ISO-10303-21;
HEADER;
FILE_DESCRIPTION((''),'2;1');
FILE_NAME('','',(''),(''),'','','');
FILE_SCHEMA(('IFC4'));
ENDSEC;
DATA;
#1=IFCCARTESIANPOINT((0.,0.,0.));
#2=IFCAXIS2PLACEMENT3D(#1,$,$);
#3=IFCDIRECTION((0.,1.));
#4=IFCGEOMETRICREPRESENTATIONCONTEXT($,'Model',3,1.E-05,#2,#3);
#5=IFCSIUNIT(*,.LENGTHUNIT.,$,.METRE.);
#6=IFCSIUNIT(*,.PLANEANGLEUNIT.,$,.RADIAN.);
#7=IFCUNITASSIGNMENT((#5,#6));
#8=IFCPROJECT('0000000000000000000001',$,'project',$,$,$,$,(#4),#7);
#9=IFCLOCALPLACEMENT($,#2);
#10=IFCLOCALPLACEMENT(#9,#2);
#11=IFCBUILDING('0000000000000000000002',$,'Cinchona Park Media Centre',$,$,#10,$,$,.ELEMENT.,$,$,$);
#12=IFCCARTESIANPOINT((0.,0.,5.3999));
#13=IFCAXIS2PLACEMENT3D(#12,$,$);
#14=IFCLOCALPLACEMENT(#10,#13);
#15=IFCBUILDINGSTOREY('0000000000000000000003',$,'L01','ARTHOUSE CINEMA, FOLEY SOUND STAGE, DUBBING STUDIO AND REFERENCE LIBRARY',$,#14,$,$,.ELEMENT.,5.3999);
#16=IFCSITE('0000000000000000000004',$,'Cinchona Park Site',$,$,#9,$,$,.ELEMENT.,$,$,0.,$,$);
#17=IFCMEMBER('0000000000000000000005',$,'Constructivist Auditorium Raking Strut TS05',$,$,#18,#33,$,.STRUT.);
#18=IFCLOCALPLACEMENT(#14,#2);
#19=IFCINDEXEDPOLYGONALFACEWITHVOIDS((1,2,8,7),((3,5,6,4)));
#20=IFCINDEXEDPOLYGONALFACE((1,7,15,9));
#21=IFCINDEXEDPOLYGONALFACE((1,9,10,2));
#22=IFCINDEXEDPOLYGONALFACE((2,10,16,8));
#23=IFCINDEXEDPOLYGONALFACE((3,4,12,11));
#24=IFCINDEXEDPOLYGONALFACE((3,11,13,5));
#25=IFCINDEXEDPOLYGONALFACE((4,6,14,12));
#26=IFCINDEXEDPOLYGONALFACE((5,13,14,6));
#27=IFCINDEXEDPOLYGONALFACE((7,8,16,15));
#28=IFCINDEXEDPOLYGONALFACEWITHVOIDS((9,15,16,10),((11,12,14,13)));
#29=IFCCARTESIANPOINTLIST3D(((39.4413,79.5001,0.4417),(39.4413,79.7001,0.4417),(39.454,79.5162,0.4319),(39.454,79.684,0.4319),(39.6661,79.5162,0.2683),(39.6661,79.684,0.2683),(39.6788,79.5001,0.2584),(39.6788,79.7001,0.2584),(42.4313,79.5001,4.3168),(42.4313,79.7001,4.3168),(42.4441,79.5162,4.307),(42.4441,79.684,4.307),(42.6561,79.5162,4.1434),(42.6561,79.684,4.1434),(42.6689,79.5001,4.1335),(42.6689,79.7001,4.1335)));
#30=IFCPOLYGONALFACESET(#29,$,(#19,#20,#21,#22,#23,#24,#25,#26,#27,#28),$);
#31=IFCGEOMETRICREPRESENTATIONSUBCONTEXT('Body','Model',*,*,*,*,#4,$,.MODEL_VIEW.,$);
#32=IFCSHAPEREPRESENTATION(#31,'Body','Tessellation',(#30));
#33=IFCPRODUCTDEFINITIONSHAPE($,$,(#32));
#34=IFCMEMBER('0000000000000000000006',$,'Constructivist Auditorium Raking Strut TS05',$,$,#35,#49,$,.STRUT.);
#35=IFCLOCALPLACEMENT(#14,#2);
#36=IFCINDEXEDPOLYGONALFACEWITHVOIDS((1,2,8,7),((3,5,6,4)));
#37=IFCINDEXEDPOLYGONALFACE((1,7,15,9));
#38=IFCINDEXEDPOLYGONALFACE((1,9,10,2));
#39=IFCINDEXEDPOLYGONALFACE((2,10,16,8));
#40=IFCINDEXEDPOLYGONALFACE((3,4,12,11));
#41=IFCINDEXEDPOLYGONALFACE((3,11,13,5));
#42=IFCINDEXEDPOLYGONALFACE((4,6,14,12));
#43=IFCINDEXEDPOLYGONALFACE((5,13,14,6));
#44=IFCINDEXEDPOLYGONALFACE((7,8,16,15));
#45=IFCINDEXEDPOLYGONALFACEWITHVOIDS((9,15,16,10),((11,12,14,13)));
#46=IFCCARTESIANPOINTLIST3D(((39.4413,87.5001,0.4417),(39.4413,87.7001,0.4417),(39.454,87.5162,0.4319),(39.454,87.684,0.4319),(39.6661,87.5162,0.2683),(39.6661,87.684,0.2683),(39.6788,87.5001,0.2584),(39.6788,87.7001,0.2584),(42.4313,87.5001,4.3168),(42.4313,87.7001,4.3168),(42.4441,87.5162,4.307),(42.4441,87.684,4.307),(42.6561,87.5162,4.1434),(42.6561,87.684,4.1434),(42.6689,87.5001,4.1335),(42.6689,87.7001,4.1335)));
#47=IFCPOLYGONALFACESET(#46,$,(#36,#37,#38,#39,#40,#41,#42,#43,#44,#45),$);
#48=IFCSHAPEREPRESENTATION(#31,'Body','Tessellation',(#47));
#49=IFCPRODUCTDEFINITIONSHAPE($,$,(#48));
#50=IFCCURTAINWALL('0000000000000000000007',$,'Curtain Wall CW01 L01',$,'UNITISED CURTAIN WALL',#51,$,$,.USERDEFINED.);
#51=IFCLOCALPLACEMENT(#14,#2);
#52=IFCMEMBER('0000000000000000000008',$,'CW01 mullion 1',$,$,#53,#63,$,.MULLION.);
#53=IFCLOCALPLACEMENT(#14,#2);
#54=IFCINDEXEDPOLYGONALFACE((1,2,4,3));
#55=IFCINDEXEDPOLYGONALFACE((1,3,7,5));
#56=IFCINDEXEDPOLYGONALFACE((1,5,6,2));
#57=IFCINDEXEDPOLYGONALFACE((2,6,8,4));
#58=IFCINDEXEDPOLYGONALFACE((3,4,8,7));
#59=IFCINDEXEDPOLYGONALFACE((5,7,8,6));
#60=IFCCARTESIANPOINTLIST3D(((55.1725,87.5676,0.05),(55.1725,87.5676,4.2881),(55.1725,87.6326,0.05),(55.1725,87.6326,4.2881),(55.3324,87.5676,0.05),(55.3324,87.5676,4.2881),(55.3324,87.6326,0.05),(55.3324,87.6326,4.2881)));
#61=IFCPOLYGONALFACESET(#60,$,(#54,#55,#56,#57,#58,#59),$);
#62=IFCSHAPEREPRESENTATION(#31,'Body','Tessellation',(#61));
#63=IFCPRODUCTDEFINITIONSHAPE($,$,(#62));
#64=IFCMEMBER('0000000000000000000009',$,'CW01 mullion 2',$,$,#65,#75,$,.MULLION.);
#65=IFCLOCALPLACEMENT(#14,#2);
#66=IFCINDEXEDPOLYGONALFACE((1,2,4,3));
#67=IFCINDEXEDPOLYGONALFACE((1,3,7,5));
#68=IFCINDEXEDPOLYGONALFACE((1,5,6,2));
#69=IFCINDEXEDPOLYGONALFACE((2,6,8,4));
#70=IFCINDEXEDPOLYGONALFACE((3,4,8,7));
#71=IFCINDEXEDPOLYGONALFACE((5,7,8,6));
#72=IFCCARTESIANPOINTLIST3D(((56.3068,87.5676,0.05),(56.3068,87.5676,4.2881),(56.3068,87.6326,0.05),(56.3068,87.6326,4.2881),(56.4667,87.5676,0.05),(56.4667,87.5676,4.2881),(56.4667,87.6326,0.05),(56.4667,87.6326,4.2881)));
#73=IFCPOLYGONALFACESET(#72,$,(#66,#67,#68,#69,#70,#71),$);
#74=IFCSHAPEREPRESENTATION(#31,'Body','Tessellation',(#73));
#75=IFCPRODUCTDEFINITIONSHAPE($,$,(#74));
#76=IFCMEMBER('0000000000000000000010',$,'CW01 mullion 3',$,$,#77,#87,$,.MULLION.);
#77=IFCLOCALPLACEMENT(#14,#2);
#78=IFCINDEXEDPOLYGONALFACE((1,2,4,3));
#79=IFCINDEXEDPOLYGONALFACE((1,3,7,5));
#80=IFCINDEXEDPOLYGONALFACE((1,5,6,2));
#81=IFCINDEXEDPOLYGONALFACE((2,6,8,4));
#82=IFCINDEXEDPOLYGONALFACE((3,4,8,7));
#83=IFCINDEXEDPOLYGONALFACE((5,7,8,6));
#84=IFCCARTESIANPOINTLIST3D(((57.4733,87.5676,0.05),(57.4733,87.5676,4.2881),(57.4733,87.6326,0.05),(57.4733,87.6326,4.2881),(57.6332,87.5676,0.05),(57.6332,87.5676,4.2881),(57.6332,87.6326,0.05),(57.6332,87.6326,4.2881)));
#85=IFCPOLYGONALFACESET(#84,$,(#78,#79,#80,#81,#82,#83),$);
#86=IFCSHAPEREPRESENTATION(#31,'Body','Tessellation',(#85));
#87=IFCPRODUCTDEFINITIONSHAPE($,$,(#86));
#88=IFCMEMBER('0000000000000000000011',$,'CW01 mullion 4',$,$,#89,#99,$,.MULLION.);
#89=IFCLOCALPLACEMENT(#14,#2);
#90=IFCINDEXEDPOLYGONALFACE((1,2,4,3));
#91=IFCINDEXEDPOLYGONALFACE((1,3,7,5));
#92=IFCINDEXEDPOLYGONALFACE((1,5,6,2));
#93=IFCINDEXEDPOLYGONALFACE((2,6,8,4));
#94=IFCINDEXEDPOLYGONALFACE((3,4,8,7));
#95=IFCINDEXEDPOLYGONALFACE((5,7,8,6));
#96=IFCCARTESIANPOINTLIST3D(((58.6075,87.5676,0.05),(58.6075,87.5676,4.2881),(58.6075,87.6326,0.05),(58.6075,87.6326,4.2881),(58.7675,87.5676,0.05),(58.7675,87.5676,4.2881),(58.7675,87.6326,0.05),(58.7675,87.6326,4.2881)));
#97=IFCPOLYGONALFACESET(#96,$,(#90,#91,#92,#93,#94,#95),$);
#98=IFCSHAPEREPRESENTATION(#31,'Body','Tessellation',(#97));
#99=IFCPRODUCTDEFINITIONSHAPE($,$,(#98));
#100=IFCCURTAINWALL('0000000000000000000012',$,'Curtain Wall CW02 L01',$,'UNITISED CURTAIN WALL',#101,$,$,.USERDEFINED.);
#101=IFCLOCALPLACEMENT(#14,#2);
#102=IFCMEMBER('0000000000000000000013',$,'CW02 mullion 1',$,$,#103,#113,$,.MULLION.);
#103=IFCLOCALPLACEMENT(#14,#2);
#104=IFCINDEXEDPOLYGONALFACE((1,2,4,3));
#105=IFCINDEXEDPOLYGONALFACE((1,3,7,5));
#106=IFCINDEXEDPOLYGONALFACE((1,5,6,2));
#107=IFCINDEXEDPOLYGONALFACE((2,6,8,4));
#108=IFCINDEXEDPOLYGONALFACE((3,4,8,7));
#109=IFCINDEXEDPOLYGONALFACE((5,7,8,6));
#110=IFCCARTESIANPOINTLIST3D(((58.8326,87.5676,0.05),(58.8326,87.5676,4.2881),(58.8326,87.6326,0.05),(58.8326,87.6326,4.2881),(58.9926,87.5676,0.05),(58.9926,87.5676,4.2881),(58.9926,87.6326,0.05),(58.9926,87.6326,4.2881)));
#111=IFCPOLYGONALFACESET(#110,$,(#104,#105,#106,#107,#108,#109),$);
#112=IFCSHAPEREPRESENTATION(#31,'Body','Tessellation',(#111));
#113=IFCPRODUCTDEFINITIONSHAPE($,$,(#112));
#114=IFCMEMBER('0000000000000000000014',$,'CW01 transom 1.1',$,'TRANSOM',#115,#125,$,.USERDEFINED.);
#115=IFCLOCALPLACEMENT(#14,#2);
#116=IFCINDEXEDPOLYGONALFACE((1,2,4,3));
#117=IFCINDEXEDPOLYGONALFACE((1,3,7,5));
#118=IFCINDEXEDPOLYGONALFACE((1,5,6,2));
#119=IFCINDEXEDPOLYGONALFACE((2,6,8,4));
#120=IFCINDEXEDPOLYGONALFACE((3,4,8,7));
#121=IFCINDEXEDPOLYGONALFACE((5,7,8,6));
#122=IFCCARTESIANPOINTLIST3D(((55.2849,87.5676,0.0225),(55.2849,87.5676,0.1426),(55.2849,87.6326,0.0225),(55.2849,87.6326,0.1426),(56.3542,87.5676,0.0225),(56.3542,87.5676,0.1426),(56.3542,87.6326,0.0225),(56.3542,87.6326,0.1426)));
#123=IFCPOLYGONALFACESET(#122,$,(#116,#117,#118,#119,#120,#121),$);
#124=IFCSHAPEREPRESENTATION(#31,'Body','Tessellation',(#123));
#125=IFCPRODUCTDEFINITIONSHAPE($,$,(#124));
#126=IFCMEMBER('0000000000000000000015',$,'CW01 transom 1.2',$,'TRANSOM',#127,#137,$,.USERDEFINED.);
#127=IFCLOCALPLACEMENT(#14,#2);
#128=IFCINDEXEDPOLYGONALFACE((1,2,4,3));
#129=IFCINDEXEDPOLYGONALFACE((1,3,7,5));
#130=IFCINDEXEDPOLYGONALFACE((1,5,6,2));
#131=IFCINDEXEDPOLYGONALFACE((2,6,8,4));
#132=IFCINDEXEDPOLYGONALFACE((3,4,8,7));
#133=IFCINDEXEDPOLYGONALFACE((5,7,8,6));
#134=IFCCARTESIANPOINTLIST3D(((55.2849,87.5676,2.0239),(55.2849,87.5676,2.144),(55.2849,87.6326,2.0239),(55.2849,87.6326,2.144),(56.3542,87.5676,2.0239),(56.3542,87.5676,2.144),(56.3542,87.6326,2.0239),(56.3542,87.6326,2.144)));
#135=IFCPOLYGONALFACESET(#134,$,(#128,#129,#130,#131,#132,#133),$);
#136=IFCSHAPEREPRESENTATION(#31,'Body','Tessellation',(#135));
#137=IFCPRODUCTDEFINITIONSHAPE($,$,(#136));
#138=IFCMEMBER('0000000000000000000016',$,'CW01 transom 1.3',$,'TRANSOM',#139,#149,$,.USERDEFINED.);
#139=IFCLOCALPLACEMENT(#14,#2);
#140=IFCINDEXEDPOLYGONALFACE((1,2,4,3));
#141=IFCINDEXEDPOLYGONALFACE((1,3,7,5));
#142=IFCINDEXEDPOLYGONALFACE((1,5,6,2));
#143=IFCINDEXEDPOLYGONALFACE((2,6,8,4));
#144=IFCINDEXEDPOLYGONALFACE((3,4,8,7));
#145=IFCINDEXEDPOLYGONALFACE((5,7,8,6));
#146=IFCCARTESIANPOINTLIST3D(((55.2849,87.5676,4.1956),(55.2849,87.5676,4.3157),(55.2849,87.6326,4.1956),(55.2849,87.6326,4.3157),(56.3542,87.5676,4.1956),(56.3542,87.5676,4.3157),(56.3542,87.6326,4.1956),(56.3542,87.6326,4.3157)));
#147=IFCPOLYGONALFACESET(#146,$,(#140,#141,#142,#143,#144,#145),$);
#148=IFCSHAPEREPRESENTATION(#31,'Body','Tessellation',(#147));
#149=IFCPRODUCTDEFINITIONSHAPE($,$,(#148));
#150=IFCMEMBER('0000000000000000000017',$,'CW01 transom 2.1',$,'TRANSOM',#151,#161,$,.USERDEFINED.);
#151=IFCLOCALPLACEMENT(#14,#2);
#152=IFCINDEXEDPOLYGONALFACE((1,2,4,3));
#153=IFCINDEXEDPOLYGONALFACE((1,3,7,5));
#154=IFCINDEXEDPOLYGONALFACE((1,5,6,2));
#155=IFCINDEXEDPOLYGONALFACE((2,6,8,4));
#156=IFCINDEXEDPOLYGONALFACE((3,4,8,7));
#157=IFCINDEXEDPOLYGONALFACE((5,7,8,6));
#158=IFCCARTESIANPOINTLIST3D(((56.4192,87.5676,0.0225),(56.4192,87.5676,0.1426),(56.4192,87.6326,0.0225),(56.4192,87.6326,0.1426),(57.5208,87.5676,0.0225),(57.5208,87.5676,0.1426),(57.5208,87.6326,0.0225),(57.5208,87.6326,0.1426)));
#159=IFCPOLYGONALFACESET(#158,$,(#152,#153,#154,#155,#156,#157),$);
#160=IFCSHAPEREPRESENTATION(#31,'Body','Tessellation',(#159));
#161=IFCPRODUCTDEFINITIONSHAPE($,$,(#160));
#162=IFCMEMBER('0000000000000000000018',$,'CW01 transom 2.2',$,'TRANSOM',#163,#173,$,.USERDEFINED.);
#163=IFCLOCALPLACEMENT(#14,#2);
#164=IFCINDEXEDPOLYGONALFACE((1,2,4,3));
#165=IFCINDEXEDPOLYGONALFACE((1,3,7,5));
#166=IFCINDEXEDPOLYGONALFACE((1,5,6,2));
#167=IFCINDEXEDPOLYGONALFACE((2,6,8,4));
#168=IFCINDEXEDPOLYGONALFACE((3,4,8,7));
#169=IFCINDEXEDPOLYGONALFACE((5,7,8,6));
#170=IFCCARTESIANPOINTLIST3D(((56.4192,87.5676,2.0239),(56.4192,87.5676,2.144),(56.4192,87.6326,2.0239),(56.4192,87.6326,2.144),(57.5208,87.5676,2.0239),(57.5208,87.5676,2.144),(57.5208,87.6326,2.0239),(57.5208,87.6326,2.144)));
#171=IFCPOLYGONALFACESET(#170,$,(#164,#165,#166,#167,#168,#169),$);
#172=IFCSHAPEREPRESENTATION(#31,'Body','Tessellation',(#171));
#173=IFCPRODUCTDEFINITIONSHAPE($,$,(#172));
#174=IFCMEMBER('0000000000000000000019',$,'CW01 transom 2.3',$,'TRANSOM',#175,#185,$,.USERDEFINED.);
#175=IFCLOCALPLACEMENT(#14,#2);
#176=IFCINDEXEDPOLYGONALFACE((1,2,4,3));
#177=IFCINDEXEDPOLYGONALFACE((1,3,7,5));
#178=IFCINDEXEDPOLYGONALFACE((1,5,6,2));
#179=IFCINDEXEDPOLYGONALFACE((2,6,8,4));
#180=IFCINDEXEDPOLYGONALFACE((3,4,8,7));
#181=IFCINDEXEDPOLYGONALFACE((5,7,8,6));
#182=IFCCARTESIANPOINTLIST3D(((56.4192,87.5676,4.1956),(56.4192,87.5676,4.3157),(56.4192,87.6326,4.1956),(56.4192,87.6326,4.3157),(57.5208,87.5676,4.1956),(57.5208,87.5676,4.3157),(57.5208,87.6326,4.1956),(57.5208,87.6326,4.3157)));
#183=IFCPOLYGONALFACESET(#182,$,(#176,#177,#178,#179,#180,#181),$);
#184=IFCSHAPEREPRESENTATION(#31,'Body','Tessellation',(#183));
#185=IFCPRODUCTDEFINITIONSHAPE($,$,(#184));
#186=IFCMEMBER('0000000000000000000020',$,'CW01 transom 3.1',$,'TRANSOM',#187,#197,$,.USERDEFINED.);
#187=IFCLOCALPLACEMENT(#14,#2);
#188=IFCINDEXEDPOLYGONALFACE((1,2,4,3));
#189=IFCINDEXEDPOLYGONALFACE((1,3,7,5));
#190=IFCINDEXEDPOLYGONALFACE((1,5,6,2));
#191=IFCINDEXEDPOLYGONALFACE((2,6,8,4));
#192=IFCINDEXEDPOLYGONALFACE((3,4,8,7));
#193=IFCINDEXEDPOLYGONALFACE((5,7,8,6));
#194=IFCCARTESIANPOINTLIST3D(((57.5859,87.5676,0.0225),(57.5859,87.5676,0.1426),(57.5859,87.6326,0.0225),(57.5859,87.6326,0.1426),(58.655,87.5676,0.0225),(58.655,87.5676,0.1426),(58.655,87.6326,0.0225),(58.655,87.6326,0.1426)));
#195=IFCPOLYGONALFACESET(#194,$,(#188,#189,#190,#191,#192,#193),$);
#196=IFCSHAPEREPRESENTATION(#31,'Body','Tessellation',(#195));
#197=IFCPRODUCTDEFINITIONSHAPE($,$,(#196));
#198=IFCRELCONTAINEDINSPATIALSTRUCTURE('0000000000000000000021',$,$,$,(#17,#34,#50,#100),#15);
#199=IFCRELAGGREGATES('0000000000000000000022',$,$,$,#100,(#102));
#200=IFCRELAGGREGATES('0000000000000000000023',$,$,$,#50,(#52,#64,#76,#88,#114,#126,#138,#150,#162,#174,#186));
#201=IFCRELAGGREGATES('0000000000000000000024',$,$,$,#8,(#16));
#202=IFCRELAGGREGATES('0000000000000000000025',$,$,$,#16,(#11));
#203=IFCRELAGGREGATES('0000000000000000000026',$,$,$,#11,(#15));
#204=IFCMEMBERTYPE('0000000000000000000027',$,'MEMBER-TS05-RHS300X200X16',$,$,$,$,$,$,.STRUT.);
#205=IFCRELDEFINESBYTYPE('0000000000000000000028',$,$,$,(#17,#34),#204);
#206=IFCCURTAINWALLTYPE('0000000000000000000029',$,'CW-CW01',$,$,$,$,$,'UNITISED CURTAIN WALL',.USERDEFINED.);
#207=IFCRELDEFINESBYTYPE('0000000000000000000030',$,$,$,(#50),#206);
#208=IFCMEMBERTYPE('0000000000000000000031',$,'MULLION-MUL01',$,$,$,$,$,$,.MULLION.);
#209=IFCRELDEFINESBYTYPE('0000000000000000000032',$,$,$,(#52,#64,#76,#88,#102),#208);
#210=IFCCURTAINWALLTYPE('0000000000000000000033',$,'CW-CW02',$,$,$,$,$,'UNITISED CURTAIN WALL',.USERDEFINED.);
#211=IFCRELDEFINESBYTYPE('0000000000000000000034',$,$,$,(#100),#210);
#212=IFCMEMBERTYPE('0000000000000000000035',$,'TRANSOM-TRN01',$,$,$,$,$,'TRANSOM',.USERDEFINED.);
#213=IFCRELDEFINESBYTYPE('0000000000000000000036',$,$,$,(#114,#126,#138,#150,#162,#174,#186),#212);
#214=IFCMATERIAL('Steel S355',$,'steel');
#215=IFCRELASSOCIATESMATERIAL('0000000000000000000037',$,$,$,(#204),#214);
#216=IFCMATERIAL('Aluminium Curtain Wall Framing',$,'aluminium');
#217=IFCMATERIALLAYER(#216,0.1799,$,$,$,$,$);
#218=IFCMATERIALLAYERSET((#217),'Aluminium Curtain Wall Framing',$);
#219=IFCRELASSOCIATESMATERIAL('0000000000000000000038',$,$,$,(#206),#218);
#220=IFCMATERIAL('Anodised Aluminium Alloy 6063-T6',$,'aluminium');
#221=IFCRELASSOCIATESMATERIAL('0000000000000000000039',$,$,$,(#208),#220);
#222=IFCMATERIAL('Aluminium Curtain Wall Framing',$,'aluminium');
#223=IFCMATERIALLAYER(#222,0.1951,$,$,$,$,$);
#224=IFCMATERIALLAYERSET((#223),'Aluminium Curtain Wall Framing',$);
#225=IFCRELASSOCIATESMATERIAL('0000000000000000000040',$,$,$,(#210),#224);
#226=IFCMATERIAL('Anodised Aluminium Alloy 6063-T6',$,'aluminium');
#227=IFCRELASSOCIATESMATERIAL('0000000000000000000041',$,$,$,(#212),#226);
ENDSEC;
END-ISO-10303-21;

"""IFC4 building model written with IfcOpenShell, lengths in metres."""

from ifc_helpers import new_model, si_unit, direction, frame, origin, origin_2d, place, context, subcontext, project, spatial, rectangle, hollow_rectangle, extrude, material, layer, layer_set, material_profile, profile_set, type_object, element, aggregate, save


model = new_model("IFC4")

# Units and contexts
model_context = context("Model", 3, precision=1e-05, world=origin(), true_north=direction((0.0, 1.0)))
body_context = subcontext(model_context, "Body", "Model", "MODEL_VIEW")
ifc_project = project(units=[si_unit("LENGTHUNIT", "METRE"), si_unit("PLANEANGLEUNIT", "RADIAN")], contexts=[model_context])

# Site, building, storey
site_placement = place(None, origin())
site = spatial("IfcSite", under=ifc_project, at=site_placement, Name="Cinchona Park Site", CompositionType="ELEMENT", RefElevation=0.0)
building_placement = place(site_placement, origin())
building = spatial("IfcBuilding", under=site, at=building_placement, Name="Cinchona Park Media Centre", CompositionType="ELEMENT")
storey_placement = place(building_placement, frame((0.0, 0.0, 5.3999)))
storey = spatial("IfcBuildingStorey", under=building, at=storey_placement, Name="L01", Description="ARTHOUSE CINEMA, FOLEY SOUND STAGE, DUBBING STUDIO AND REFERENCE LIBRARY", CompositionType="ELEMENT", Elevation=5.3999)

# Members
ifc_material_1 = material(Name="Steel S355", Category="steel")
ifc_material_profile_1 = material_profile(ifc_material_1, hollow_rectangle(XDim=0.2, YDim=0.3, WallThickness=0.0161, at=origin_2d()), Name="300X200X16RHS")
ifc_profile_set_1 = profile_set([ifc_material_profile_1], Name="Steel S355")
member_type_1 = type_object("IfcMemberType", Name="MEMBER-TS05-RHS300X200X16", PredefinedType="STRUT", material=ifc_profile_set_1)
for number, where, z_axis, x_axis, name in (
    (1, (39.5601, 79.6001, 0.3501), (0.610894, 0.0, 0.791713), (0.0, 1.0, 0.0), "Constructivist Auditorium Raking Strut TS05"),
    (2, (39.5601, 87.6001, 0.3501), (0.610894, 0.0, 0.791713), (0.0, 1.0, 0.0), "Constructivist Auditorium Raking Strut TS05"),
):
    element("IfcMember", number, at=place(storey_placement, frame(where, z_axis=z_axis, x_axis=x_axis)), inside=storey, type_object=member_type_1, Name=name, PredefinedType="STRUT", context=body_context, shape_type="SweptSolid", body=[
        extrude(hollow_rectangle(XDim=0.2, YDim=0.3, WallThickness=0.0161, at=origin_2d()), origin(), (0.0, 0.0, 1.0), 4.8945),
    ])

# Curtain wall, members
ifc_material_2 = material(Name="Aluminium Curtain Wall Framing", Category="aluminium")
ifc_layer_1 = layer(ifc_material_2, 0.1799)
ifc_layer_set_1 = layer_set([ifc_layer_1], Name="Aluminium Curtain Wall Framing")
curtain_wall_type_1 = type_object("IfcCurtainWallType", Name="CW-CW01", ElementType="UNITISED CURTAIN WALL", PredefinedType="USERDEFINED", material=ifc_layer_set_1)
curtain_wall_1_placement = place(storey_placement, origin())
curtain_wall_1 = element("IfcCurtainWall", 3, at=curtain_wall_1_placement, inside=storey, type_object=curtain_wall_type_1, Name="Curtain Wall CW01 L01", ObjectType="UNITISED CURTAIN WALL", PredefinedType="USERDEFINED")
ifc_material_3 = material(Name="Anodised Aluminium Alloy 6063-T6", Category="aluminium")
ifc_material_profile_2 = material_profile(ifc_material_3, rectangle(XDim=0.0649, YDim=0.1599, at=origin_2d()), Name="MUL-65X160")
ifc_profile_set_2 = profile_set([ifc_material_profile_2], Name="Anodised Aluminium Alloy 6063-T6")
member_type_2 = type_object("IfcMemberType", Name="MULLION-MUL01", PredefinedType="MULLION", material=ifc_profile_set_2)
member_1_placement = place(storey_placement, frame((55.2524, 87.6001, 0.05), z_axis=(0.0, 0.0, 1.0), x_axis=(0.0, 1.0, 0.0)))
member_1 = element("IfcMember", 4, at=member_1_placement, type_object=member_type_2, Name="CW01 mullion 1", PredefinedType="MULLION", context=body_context, shape_type="SweptSolid", body=[
    extrude(rectangle(XDim=0.0649, YDim=0.1599, at=origin_2d()), origin(), (0.0, 0.0, 1.0), 4.238),
])
member_2_placement = place(storey_placement, frame((56.3867, 87.6001, 0.05), z_axis=(0.0, 0.0, 1.0), x_axis=(0.0, 1.0, 0.0)))
member_2 = element("IfcMember", 5, at=member_2_placement, type_object=member_type_2, Name="CW01 mullion 2", PredefinedType="MULLION", context=body_context, shape_type="SweptSolid", body=[
    extrude(rectangle(XDim=0.0649, YDim=0.1599, at=origin_2d()), origin(), (0.0, 0.0, 1.0), 4.238),
])
member_3_placement = place(storey_placement, frame((57.5532, 87.6001, 0.05), z_axis=(0.0, 0.0, 1.0), x_axis=(0.0, 1.0, 0.0)))
member_3 = element("IfcMember", 6, at=member_3_placement, type_object=member_type_2, Name="CW01 mullion 3", PredefinedType="MULLION", context=body_context, shape_type="SweptSolid", body=[
    extrude(rectangle(XDim=0.0649, YDim=0.1599, at=origin_2d()), origin(), (0.0, 0.0, 1.0), 4.238),
])
member_4_placement = place(storey_placement, frame((58.6875, 87.6001, 0.05), z_axis=(0.0, 0.0, 1.0), x_axis=(0.0, 1.0, 0.0)))
member_4 = element("IfcMember", 7, at=member_4_placement, type_object=member_type_2, Name="CW01 mullion 4", PredefinedType="MULLION", context=body_context, shape_type="SweptSolid", body=[
    extrude(rectangle(XDim=0.0649, YDim=0.1599, at=origin_2d()), origin(), (0.0, 0.0, 1.0), 4.238),
])

# Curtain wall, member
ifc_material_4 = material(Name="Aluminium Curtain Wall Framing", Category="aluminium")
ifc_layer_2 = layer(ifc_material_4, 0.1951)
ifc_layer_set_2 = layer_set([ifc_layer_2], Name="Aluminium Curtain Wall Framing")
curtain_wall_type_2 = type_object("IfcCurtainWallType", Name="CW-CW02", ElementType="UNITISED CURTAIN WALL", PredefinedType="USERDEFINED", material=ifc_layer_set_2)
curtain_wall_2_placement = place(storey_placement, origin())
curtain_wall_2 = element("IfcCurtainWall", 8, at=curtain_wall_2_placement, inside=storey, type_object=curtain_wall_type_2, Name="Curtain Wall CW02 L01", ObjectType="UNITISED CURTAIN WALL", PredefinedType="USERDEFINED")
member_5_placement = place(storey_placement, frame((58.9126, 87.6001, 0.05), z_axis=(0.0, 0.0, 1.0), x_axis=(0.0, 1.0, 0.0)))
member_5 = element("IfcMember", 9, at=member_5_placement, type_object=member_type_2, Name="CW02 mullion 1", PredefinedType="MULLION", context=body_context, shape_type="SweptSolid", body=[
    extrude(rectangle(XDim=0.0649, YDim=0.1599, at=origin_2d()), origin(), (0.0, 0.0, 1.0), 4.238),
])
aggregate(curtain_wall_2, [member_5])

# Members
ifc_material_5 = material(Name="Anodised Aluminium Alloy 6063-T6", Category="aluminium")
ifc_material_profile_3 = material_profile(ifc_material_5, rectangle(XDim=0.0649, YDim=0.1201, at=origin_2d()), Name="TRN-65X120")
ifc_profile_set_3 = profile_set([ifc_material_profile_3], Name="Anodised Aluminium Alloy 6063-T6")
member_type_3 = type_object("IfcMemberType", Name="TRANSOM-TRN01", ElementType="TRANSOM", PredefinedType="USERDEFINED", material=ifc_profile_set_3)
member_6_placement = place(storey_placement, frame((55.2849, 87.6001, 0.0825), z_axis=(1.0, 0.0, 0.0), x_axis=(0.0, 1.0, 0.0)))
member_6 = element("IfcMember", 10, at=member_6_placement, type_object=member_type_3, Name="CW01 transom 1.1", ObjectType="TRANSOM", PredefinedType="USERDEFINED", context=body_context, shape_type="SweptSolid", body=[
    extrude(rectangle(XDim=0.0649, YDim=0.1201, at=origin_2d()), origin(), (0.0, 0.0, 1.0), 1.0693),
])
member_7_placement = place(storey_placement, frame((55.2849, 87.6001, 2.084), z_axis=(1.0, 0.0, 0.0), x_axis=(0.0, 1.0, 0.0)))
member_7 = element("IfcMember", 11, at=member_7_placement, type_object=member_type_3, Name="CW01 transom 1.2", ObjectType="TRANSOM", PredefinedType="USERDEFINED", context=body_context, shape_type="SweptSolid", body=[
    extrude(rectangle(XDim=0.0649, YDim=0.1201, at=origin_2d()), origin(), (0.0, 0.0, 1.0), 1.0693),
])
member_8_placement = place(storey_placement, frame((55.2849, 87.6001, 4.2556), z_axis=(1.0, 0.0, 0.0), x_axis=(0.0, 1.0, 0.0)))
member_8 = element("IfcMember", 12, at=member_8_placement, type_object=member_type_3, Name="CW01 transom 1.3", ObjectType="TRANSOM", PredefinedType="USERDEFINED", context=body_context, shape_type="SweptSolid", body=[
    extrude(rectangle(XDim=0.0649, YDim=0.1201, at=origin_2d()), origin(), (0.0, 0.0, 1.0), 1.0693),
])
member_9_placement = place(storey_placement, frame((56.4192, 87.6001, 0.0825), z_axis=(1.0, 0.0, 0.0), x_axis=(0.0, 1.0, 0.0)))
member_9 = element("IfcMember", 13, at=member_9_placement, type_object=member_type_3, Name="CW01 transom 2.1", ObjectType="TRANSOM", PredefinedType="USERDEFINED", context=body_context, shape_type="SweptSolid", body=[
    extrude(rectangle(XDim=0.0649, YDim=0.1201, at=origin_2d()), origin(), (0.0, 0.0, 1.0), 1.1016),
])
member_10_placement = place(storey_placement, frame((56.4192, 87.6001, 2.084), z_axis=(1.0, 0.0, 0.0), x_axis=(0.0, 1.0, 0.0)))
member_10 = element("IfcMember", 14, at=member_10_placement, type_object=member_type_3, Name="CW01 transom 2.2", ObjectType="TRANSOM", PredefinedType="USERDEFINED", context=body_context, shape_type="SweptSolid", body=[
    extrude(rectangle(XDim=0.0649, YDim=0.1201, at=origin_2d()), origin(), (0.0, 0.0, 1.0), 1.1016),
])
member_11_placement = place(storey_placement, frame((56.4192, 87.6001, 4.2556), z_axis=(1.0, 0.0, 0.0), x_axis=(0.0, 1.0, 0.0)))
member_11 = element("IfcMember", 15, at=member_11_placement, type_object=member_type_3, Name="CW01 transom 2.3", ObjectType="TRANSOM", PredefinedType="USERDEFINED", context=body_context, shape_type="SweptSolid", body=[
    extrude(rectangle(XDim=0.0649, YDim=0.1201, at=origin_2d()), origin(), (0.0, 0.0, 1.0), 1.1016),
])
member_12_placement = place(storey_placement, frame((57.5859, 87.6001, 0.0825), z_axis=(1.0, 0.0, 0.0), x_axis=(0.0, 1.0, 0.0)))
member_12 = element("IfcMember", 16, at=member_12_placement, type_object=member_type_3, Name="CW01 transom 3.1", ObjectType="TRANSOM", PredefinedType="USERDEFINED", context=body_context, shape_type="SweptSolid", body=[
    extrude(rectangle(XDim=0.0649, YDim=0.1201, at=origin_2d()), origin(), (0.0, 0.0, 1.0), 1.0691),
])

aggregate(curtain_wall_1, [member_1, member_2, member_3, member_4, member_6, member_7, member_8, member_9, member_10, member_11, member_12])

save(model, "model.ifc")
